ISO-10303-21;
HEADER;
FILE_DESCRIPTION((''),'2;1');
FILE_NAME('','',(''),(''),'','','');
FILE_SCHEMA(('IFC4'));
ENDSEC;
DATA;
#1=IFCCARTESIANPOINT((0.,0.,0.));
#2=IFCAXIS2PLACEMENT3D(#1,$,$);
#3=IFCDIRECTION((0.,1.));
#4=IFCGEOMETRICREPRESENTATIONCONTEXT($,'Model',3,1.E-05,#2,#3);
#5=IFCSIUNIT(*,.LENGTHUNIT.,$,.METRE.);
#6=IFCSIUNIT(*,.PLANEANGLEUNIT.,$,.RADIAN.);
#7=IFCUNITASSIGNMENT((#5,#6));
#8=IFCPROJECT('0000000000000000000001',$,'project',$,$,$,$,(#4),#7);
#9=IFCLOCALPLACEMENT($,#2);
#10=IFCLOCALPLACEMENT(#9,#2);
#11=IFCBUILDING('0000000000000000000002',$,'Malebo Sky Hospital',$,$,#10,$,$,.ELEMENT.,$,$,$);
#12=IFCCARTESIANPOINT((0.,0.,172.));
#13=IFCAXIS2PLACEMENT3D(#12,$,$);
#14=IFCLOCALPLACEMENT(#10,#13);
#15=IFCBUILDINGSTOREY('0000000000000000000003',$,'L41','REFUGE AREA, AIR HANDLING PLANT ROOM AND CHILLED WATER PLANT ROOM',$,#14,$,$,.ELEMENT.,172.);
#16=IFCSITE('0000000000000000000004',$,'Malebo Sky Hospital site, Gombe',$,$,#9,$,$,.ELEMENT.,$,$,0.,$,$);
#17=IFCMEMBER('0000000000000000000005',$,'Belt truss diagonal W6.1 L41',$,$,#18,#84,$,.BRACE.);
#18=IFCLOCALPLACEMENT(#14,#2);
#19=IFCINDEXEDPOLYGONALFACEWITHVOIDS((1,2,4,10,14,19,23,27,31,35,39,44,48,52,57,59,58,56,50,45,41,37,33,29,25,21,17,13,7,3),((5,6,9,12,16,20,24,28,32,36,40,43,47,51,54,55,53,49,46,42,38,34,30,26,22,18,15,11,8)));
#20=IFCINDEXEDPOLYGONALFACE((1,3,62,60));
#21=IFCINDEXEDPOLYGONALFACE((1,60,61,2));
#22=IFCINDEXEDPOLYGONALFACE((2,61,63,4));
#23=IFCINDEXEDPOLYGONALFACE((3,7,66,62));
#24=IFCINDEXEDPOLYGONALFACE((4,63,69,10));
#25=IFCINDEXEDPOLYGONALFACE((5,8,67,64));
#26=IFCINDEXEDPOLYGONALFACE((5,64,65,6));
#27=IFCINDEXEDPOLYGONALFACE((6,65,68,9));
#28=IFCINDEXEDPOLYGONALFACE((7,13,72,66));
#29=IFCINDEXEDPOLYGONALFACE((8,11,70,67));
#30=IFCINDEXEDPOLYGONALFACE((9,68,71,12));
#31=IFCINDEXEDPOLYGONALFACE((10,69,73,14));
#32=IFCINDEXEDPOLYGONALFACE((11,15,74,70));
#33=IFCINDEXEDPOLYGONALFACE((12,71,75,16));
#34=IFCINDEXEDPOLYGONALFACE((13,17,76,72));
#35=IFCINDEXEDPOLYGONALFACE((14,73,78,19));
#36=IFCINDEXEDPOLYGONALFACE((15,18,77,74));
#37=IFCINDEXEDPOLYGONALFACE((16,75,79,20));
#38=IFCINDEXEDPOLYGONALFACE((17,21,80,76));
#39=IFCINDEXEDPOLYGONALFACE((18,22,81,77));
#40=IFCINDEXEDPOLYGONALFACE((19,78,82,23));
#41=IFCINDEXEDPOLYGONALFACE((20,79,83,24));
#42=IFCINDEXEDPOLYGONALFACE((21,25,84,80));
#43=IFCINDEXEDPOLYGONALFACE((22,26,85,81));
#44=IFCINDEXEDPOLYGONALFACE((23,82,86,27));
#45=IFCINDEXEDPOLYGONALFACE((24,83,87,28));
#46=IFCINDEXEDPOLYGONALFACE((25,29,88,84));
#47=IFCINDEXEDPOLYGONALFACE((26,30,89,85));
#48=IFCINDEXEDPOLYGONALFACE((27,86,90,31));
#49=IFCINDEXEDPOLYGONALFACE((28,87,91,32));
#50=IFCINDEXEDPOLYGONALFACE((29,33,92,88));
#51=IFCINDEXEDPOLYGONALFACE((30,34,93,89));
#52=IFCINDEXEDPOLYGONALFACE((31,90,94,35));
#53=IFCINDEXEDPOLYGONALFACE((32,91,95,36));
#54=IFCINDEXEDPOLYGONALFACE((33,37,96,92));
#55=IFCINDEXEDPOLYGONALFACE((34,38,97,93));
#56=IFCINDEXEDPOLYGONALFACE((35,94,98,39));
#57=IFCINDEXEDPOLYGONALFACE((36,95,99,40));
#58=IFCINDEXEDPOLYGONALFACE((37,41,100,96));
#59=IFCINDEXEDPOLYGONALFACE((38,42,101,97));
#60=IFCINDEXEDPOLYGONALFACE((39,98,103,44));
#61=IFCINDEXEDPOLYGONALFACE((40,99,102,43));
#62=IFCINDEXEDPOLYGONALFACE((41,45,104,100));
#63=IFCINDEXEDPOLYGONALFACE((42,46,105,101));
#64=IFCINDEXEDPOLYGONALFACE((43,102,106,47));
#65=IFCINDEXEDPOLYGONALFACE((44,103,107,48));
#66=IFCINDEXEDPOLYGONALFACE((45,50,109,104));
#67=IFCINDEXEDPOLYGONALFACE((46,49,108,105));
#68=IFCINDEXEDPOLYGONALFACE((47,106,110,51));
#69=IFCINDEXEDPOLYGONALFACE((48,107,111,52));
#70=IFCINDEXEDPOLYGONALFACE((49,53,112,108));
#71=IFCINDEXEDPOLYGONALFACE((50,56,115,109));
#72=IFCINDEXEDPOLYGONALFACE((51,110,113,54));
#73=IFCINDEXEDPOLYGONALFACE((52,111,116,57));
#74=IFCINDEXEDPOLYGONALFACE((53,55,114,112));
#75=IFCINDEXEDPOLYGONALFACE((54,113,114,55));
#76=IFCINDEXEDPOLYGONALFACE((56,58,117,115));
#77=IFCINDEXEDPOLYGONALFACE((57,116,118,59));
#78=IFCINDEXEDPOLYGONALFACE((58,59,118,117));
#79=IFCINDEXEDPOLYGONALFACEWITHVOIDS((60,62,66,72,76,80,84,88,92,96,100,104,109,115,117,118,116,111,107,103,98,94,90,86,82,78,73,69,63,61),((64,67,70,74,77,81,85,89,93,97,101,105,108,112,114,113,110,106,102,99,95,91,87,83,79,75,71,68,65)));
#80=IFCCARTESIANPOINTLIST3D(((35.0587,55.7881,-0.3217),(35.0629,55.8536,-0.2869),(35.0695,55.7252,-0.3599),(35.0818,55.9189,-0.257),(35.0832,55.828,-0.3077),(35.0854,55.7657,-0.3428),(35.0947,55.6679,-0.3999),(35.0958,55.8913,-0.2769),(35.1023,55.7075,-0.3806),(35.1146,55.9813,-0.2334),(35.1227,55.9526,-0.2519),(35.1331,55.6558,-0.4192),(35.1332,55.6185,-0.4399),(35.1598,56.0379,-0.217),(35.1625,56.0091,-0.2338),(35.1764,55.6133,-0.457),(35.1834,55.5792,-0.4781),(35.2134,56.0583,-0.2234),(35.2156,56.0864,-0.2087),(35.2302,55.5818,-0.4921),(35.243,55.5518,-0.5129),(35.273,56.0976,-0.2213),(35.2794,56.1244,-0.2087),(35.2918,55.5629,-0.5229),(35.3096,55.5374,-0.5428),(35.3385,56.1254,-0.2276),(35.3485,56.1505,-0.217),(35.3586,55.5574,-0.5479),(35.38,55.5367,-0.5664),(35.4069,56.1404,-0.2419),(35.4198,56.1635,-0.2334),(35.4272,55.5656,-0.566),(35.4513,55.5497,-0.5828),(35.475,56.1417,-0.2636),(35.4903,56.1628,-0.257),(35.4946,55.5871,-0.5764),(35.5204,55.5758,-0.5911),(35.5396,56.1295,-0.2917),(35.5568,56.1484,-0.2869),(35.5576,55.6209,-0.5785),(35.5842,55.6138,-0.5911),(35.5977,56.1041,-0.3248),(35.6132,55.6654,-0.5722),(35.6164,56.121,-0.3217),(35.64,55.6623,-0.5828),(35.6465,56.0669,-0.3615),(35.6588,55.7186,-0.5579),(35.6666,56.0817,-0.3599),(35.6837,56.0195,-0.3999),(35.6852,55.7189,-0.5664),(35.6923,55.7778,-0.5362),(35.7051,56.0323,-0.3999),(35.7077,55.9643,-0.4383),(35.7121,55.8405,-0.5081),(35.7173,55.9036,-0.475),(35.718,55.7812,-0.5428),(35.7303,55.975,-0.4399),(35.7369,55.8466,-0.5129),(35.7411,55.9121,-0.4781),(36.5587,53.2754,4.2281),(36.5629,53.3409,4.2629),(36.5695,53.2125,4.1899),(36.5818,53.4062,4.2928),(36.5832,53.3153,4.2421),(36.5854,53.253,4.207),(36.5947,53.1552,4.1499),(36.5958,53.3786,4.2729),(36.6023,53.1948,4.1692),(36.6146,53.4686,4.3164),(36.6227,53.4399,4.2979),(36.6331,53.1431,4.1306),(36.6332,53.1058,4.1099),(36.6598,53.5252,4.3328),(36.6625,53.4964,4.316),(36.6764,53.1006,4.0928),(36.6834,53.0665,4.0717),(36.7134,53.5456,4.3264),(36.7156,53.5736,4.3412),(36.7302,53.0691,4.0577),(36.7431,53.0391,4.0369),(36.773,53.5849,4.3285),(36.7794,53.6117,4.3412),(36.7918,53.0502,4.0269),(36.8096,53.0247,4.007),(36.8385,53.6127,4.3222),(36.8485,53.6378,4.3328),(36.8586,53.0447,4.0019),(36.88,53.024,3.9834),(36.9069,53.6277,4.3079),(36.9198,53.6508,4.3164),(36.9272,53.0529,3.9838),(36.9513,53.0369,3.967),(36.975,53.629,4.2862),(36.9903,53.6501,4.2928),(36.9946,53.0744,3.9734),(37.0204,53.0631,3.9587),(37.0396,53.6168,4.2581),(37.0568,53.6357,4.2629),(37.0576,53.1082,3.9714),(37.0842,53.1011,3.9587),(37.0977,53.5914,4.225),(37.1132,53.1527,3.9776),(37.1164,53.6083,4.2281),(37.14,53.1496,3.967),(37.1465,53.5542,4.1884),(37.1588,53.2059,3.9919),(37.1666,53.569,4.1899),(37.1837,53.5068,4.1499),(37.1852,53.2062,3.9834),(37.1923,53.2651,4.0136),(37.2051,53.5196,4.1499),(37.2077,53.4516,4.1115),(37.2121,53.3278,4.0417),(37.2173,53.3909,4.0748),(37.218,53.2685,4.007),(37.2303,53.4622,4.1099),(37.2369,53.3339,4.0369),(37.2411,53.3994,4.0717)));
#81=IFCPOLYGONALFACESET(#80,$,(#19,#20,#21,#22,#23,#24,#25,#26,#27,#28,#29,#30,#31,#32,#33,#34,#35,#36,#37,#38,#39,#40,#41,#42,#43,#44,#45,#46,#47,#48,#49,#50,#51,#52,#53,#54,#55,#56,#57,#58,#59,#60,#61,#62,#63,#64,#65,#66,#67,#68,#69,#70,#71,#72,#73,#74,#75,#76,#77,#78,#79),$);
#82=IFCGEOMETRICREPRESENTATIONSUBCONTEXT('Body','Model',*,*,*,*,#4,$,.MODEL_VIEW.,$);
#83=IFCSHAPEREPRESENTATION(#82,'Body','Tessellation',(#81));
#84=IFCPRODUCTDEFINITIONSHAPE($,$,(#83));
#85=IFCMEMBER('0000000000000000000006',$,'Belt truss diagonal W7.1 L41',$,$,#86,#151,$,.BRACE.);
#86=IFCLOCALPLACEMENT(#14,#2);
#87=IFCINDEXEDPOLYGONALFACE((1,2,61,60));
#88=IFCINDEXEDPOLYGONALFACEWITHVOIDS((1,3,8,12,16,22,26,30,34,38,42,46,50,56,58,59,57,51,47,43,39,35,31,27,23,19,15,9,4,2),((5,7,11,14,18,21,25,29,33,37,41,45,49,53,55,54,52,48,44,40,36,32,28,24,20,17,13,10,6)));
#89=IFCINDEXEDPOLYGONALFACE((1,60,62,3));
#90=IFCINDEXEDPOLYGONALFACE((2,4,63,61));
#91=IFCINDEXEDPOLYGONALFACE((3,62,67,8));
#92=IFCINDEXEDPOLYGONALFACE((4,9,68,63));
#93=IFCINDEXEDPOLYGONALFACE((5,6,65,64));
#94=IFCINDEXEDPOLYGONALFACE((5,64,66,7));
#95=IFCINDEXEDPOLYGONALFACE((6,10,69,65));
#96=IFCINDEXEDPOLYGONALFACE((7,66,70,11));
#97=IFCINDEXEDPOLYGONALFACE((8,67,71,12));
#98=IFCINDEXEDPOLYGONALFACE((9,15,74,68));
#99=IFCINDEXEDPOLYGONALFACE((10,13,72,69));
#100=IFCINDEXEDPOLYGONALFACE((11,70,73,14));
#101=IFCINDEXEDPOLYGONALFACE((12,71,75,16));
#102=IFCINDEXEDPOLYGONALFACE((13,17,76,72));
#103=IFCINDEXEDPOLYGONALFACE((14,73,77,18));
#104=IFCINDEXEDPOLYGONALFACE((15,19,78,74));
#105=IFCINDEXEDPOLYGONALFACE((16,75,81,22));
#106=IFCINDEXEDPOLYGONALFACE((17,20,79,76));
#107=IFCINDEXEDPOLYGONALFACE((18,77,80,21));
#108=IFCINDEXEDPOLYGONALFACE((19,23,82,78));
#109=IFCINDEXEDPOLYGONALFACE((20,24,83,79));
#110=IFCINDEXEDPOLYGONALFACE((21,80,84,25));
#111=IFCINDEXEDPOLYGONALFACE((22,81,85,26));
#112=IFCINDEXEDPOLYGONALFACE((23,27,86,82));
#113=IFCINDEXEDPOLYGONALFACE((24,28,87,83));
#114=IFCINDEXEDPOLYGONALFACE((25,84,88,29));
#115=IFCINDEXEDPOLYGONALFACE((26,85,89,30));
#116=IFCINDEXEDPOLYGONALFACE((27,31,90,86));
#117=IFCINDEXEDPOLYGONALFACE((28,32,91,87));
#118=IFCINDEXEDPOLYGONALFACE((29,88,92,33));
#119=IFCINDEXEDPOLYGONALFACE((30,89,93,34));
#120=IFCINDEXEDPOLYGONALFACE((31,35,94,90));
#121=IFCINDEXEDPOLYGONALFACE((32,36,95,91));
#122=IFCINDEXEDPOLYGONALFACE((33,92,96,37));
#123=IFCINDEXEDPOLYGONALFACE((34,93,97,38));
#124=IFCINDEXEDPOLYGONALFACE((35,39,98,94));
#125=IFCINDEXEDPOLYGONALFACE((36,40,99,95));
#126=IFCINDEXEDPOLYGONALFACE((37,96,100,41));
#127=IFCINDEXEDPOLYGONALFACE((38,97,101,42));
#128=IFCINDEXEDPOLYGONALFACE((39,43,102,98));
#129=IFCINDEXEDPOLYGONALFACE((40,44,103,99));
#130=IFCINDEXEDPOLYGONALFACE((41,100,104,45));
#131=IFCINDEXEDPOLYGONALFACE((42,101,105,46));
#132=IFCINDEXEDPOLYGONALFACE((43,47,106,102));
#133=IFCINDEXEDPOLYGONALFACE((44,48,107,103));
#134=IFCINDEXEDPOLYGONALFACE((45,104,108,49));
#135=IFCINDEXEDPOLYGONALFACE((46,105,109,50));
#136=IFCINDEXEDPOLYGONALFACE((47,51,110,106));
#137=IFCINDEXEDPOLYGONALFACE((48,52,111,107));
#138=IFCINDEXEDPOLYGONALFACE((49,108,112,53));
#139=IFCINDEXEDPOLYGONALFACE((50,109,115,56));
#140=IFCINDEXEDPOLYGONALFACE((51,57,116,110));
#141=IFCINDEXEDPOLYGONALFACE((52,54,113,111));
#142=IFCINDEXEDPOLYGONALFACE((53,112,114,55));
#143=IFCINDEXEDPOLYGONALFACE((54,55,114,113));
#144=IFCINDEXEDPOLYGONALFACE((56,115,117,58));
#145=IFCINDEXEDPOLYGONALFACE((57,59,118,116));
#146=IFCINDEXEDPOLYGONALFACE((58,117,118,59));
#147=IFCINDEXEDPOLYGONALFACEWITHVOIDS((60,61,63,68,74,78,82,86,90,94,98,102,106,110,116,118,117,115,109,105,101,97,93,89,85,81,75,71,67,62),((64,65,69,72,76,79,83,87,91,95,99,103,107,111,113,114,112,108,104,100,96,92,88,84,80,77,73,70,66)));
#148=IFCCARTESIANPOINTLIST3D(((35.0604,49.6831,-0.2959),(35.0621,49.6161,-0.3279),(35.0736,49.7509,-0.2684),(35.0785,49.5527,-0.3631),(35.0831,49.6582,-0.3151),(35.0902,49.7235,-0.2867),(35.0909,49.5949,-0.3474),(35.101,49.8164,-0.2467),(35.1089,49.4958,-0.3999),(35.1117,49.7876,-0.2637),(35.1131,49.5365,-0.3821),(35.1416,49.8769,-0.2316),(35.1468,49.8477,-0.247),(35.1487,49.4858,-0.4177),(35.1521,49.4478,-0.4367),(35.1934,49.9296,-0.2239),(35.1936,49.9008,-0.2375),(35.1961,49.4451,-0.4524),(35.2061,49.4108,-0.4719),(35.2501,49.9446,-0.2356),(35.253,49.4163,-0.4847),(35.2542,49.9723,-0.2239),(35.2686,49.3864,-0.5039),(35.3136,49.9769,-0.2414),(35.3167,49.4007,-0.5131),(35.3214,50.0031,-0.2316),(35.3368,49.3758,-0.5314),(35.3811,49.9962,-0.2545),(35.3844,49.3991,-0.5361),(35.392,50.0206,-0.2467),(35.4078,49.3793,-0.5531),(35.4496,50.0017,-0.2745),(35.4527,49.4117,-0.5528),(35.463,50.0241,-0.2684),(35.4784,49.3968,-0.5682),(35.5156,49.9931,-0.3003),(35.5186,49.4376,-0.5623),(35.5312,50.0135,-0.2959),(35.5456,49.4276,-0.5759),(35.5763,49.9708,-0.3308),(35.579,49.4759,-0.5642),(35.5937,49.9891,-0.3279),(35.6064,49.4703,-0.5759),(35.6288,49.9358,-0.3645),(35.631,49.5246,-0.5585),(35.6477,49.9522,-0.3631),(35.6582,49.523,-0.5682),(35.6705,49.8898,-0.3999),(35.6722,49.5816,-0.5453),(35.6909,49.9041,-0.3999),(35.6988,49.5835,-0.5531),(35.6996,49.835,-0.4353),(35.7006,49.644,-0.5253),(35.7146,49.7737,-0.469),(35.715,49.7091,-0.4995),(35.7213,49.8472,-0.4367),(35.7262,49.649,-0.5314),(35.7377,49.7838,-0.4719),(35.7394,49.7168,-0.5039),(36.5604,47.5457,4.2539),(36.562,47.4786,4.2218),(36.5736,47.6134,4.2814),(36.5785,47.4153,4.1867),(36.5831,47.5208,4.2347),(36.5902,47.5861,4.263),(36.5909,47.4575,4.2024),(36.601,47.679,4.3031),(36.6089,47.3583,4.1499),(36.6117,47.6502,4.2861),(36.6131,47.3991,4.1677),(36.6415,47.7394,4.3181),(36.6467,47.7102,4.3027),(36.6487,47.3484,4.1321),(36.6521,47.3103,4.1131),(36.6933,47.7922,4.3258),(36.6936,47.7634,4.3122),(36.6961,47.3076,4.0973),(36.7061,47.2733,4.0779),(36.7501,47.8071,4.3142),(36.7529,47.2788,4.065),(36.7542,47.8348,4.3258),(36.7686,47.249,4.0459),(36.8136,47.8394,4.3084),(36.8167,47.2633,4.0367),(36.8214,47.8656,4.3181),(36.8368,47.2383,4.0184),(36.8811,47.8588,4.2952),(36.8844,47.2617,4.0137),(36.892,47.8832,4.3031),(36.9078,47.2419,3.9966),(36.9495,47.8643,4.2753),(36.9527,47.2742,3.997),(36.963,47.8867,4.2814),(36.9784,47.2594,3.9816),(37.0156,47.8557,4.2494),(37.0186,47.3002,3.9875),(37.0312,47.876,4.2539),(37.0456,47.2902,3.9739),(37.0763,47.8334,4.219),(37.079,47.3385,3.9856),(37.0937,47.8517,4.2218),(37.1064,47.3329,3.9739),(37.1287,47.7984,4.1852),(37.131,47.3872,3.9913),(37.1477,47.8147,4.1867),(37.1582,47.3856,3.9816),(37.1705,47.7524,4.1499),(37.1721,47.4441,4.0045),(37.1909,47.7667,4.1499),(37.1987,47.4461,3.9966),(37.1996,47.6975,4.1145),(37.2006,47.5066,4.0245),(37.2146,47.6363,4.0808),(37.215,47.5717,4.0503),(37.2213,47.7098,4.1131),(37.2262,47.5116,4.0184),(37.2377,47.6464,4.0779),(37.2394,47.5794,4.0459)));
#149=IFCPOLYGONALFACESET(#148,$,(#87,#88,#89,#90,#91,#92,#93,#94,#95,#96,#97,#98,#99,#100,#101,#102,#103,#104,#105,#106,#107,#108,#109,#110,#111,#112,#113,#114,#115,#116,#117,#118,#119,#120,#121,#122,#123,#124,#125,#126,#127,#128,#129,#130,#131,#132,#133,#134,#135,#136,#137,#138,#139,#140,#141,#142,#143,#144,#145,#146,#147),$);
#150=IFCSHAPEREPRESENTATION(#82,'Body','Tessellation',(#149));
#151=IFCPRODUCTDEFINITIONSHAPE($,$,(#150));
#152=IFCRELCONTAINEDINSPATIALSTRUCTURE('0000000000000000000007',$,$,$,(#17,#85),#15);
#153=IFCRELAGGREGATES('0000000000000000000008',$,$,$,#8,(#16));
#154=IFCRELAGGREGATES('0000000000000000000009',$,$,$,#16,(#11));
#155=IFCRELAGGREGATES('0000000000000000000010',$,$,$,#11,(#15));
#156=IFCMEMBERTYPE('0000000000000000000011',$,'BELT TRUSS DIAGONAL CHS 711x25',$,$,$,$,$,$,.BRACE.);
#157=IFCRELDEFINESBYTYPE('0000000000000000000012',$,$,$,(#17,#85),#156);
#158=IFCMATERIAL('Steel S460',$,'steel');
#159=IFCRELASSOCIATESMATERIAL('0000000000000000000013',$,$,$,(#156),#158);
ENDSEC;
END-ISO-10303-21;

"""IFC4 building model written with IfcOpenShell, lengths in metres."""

from ifc_helpers import new_model, si_unit, direction, frame, origin, origin_2d, place, context, subcontext, project, spatial, hollow_circle, extrude, material, material_profile, profile_set, type_object, element, save


model = new_model("IFC4")

# Units and contexts
model_context = context("Model", 3, precision=1e-05, world=origin(), true_north=direction((0.0, 1.0)))
body_context = subcontext(model_context, "Body", "Model", "MODEL_VIEW")
ifc_project = project(units=[si_unit("LENGTHUNIT", "METRE"), si_unit("PLANEANGLEUNIT", "RADIAN")], contexts=[model_context])

# Site, building, storey
site_placement = place(None, origin())
site = spatial("IfcSite", under=ifc_project, at=site_placement, Name="Malebo Sky Hospital site, Gombe", CompositionType="ELEMENT", RefElevation=0.0)
building_placement = place(site_placement, origin())
building = spatial("IfcBuilding", under=site, at=building_placement, Name="Malebo Sky Hospital", CompositionType="ELEMENT")
storey_placement = place(building_placement, frame((0.0, 0.0, 172.0)))
storey = spatial("IfcBuildingStorey", under=building, at=storey_placement, Name="L41", Description="REFUGE AREA, AIR HANDLING PLANT ROOM AND CHILLED WATER PLANT ROOM", CompositionType="ELEMENT", Elevation=172.0)

# Shared definitions
ifc_material_1 = material(Name="Steel S460", Category="steel")

# Members
ifc_material_profile_1 = material_profile(ifc_material_1, hollow_circle(Radius=0.3555, WallThickness=0.0249, at=origin_2d()), Name="CHS 711x25")
ifc_profile_set_1 = profile_set([ifc_material_profile_1], Name="Steel S460")
member_type_1 = type_object("IfcMemberType", Name="BELT TRUSS DIAGONAL CHS 711x25", PredefinedType="BRACE", material=ifc_profile_set_1)
member_1_placement = place(storey_placement, frame((35.3999, 55.8501, -0.3999), z_axis=(0.277282, -0.464484, 0.841053), x_axis=(0.858639, 0.512581, 0.0)))
element("IfcMember", 1, at=member_1_placement, inside=storey, type_object=member_type_1, Name="Belt truss diagonal W6.1 L41", PredefinedType="BRACE", context=body_context, shape_type="SweptSolid", body=[
    extrude(hollow_circle(Radius=0.3555, WallThickness=0.0249, at=origin_2d()), origin(), (0.0, 0.0, 1.0), 5.4097),
])
member_2_placement = place(storey_placement, frame((35.3999, 49.7, -0.3999), z_axis=(0.285938, -0.407452, 0.867308), x_axis=(0.818551, 0.574435, 0.0)))
element("IfcMember", 2, at=member_2_placement, inside=storey, type_object=member_type_1, Name="Belt truss diagonal W7.1 L41", PredefinedType="BRACE", context=body_context, shape_type="SweptSolid", body=[
    extrude(hollow_circle(Radius=0.3555, WallThickness=0.0249, at=origin_2d()), origin(), (0.0, 0.0, 1.0), 5.2458),
])

save(model, "model.ifc")
